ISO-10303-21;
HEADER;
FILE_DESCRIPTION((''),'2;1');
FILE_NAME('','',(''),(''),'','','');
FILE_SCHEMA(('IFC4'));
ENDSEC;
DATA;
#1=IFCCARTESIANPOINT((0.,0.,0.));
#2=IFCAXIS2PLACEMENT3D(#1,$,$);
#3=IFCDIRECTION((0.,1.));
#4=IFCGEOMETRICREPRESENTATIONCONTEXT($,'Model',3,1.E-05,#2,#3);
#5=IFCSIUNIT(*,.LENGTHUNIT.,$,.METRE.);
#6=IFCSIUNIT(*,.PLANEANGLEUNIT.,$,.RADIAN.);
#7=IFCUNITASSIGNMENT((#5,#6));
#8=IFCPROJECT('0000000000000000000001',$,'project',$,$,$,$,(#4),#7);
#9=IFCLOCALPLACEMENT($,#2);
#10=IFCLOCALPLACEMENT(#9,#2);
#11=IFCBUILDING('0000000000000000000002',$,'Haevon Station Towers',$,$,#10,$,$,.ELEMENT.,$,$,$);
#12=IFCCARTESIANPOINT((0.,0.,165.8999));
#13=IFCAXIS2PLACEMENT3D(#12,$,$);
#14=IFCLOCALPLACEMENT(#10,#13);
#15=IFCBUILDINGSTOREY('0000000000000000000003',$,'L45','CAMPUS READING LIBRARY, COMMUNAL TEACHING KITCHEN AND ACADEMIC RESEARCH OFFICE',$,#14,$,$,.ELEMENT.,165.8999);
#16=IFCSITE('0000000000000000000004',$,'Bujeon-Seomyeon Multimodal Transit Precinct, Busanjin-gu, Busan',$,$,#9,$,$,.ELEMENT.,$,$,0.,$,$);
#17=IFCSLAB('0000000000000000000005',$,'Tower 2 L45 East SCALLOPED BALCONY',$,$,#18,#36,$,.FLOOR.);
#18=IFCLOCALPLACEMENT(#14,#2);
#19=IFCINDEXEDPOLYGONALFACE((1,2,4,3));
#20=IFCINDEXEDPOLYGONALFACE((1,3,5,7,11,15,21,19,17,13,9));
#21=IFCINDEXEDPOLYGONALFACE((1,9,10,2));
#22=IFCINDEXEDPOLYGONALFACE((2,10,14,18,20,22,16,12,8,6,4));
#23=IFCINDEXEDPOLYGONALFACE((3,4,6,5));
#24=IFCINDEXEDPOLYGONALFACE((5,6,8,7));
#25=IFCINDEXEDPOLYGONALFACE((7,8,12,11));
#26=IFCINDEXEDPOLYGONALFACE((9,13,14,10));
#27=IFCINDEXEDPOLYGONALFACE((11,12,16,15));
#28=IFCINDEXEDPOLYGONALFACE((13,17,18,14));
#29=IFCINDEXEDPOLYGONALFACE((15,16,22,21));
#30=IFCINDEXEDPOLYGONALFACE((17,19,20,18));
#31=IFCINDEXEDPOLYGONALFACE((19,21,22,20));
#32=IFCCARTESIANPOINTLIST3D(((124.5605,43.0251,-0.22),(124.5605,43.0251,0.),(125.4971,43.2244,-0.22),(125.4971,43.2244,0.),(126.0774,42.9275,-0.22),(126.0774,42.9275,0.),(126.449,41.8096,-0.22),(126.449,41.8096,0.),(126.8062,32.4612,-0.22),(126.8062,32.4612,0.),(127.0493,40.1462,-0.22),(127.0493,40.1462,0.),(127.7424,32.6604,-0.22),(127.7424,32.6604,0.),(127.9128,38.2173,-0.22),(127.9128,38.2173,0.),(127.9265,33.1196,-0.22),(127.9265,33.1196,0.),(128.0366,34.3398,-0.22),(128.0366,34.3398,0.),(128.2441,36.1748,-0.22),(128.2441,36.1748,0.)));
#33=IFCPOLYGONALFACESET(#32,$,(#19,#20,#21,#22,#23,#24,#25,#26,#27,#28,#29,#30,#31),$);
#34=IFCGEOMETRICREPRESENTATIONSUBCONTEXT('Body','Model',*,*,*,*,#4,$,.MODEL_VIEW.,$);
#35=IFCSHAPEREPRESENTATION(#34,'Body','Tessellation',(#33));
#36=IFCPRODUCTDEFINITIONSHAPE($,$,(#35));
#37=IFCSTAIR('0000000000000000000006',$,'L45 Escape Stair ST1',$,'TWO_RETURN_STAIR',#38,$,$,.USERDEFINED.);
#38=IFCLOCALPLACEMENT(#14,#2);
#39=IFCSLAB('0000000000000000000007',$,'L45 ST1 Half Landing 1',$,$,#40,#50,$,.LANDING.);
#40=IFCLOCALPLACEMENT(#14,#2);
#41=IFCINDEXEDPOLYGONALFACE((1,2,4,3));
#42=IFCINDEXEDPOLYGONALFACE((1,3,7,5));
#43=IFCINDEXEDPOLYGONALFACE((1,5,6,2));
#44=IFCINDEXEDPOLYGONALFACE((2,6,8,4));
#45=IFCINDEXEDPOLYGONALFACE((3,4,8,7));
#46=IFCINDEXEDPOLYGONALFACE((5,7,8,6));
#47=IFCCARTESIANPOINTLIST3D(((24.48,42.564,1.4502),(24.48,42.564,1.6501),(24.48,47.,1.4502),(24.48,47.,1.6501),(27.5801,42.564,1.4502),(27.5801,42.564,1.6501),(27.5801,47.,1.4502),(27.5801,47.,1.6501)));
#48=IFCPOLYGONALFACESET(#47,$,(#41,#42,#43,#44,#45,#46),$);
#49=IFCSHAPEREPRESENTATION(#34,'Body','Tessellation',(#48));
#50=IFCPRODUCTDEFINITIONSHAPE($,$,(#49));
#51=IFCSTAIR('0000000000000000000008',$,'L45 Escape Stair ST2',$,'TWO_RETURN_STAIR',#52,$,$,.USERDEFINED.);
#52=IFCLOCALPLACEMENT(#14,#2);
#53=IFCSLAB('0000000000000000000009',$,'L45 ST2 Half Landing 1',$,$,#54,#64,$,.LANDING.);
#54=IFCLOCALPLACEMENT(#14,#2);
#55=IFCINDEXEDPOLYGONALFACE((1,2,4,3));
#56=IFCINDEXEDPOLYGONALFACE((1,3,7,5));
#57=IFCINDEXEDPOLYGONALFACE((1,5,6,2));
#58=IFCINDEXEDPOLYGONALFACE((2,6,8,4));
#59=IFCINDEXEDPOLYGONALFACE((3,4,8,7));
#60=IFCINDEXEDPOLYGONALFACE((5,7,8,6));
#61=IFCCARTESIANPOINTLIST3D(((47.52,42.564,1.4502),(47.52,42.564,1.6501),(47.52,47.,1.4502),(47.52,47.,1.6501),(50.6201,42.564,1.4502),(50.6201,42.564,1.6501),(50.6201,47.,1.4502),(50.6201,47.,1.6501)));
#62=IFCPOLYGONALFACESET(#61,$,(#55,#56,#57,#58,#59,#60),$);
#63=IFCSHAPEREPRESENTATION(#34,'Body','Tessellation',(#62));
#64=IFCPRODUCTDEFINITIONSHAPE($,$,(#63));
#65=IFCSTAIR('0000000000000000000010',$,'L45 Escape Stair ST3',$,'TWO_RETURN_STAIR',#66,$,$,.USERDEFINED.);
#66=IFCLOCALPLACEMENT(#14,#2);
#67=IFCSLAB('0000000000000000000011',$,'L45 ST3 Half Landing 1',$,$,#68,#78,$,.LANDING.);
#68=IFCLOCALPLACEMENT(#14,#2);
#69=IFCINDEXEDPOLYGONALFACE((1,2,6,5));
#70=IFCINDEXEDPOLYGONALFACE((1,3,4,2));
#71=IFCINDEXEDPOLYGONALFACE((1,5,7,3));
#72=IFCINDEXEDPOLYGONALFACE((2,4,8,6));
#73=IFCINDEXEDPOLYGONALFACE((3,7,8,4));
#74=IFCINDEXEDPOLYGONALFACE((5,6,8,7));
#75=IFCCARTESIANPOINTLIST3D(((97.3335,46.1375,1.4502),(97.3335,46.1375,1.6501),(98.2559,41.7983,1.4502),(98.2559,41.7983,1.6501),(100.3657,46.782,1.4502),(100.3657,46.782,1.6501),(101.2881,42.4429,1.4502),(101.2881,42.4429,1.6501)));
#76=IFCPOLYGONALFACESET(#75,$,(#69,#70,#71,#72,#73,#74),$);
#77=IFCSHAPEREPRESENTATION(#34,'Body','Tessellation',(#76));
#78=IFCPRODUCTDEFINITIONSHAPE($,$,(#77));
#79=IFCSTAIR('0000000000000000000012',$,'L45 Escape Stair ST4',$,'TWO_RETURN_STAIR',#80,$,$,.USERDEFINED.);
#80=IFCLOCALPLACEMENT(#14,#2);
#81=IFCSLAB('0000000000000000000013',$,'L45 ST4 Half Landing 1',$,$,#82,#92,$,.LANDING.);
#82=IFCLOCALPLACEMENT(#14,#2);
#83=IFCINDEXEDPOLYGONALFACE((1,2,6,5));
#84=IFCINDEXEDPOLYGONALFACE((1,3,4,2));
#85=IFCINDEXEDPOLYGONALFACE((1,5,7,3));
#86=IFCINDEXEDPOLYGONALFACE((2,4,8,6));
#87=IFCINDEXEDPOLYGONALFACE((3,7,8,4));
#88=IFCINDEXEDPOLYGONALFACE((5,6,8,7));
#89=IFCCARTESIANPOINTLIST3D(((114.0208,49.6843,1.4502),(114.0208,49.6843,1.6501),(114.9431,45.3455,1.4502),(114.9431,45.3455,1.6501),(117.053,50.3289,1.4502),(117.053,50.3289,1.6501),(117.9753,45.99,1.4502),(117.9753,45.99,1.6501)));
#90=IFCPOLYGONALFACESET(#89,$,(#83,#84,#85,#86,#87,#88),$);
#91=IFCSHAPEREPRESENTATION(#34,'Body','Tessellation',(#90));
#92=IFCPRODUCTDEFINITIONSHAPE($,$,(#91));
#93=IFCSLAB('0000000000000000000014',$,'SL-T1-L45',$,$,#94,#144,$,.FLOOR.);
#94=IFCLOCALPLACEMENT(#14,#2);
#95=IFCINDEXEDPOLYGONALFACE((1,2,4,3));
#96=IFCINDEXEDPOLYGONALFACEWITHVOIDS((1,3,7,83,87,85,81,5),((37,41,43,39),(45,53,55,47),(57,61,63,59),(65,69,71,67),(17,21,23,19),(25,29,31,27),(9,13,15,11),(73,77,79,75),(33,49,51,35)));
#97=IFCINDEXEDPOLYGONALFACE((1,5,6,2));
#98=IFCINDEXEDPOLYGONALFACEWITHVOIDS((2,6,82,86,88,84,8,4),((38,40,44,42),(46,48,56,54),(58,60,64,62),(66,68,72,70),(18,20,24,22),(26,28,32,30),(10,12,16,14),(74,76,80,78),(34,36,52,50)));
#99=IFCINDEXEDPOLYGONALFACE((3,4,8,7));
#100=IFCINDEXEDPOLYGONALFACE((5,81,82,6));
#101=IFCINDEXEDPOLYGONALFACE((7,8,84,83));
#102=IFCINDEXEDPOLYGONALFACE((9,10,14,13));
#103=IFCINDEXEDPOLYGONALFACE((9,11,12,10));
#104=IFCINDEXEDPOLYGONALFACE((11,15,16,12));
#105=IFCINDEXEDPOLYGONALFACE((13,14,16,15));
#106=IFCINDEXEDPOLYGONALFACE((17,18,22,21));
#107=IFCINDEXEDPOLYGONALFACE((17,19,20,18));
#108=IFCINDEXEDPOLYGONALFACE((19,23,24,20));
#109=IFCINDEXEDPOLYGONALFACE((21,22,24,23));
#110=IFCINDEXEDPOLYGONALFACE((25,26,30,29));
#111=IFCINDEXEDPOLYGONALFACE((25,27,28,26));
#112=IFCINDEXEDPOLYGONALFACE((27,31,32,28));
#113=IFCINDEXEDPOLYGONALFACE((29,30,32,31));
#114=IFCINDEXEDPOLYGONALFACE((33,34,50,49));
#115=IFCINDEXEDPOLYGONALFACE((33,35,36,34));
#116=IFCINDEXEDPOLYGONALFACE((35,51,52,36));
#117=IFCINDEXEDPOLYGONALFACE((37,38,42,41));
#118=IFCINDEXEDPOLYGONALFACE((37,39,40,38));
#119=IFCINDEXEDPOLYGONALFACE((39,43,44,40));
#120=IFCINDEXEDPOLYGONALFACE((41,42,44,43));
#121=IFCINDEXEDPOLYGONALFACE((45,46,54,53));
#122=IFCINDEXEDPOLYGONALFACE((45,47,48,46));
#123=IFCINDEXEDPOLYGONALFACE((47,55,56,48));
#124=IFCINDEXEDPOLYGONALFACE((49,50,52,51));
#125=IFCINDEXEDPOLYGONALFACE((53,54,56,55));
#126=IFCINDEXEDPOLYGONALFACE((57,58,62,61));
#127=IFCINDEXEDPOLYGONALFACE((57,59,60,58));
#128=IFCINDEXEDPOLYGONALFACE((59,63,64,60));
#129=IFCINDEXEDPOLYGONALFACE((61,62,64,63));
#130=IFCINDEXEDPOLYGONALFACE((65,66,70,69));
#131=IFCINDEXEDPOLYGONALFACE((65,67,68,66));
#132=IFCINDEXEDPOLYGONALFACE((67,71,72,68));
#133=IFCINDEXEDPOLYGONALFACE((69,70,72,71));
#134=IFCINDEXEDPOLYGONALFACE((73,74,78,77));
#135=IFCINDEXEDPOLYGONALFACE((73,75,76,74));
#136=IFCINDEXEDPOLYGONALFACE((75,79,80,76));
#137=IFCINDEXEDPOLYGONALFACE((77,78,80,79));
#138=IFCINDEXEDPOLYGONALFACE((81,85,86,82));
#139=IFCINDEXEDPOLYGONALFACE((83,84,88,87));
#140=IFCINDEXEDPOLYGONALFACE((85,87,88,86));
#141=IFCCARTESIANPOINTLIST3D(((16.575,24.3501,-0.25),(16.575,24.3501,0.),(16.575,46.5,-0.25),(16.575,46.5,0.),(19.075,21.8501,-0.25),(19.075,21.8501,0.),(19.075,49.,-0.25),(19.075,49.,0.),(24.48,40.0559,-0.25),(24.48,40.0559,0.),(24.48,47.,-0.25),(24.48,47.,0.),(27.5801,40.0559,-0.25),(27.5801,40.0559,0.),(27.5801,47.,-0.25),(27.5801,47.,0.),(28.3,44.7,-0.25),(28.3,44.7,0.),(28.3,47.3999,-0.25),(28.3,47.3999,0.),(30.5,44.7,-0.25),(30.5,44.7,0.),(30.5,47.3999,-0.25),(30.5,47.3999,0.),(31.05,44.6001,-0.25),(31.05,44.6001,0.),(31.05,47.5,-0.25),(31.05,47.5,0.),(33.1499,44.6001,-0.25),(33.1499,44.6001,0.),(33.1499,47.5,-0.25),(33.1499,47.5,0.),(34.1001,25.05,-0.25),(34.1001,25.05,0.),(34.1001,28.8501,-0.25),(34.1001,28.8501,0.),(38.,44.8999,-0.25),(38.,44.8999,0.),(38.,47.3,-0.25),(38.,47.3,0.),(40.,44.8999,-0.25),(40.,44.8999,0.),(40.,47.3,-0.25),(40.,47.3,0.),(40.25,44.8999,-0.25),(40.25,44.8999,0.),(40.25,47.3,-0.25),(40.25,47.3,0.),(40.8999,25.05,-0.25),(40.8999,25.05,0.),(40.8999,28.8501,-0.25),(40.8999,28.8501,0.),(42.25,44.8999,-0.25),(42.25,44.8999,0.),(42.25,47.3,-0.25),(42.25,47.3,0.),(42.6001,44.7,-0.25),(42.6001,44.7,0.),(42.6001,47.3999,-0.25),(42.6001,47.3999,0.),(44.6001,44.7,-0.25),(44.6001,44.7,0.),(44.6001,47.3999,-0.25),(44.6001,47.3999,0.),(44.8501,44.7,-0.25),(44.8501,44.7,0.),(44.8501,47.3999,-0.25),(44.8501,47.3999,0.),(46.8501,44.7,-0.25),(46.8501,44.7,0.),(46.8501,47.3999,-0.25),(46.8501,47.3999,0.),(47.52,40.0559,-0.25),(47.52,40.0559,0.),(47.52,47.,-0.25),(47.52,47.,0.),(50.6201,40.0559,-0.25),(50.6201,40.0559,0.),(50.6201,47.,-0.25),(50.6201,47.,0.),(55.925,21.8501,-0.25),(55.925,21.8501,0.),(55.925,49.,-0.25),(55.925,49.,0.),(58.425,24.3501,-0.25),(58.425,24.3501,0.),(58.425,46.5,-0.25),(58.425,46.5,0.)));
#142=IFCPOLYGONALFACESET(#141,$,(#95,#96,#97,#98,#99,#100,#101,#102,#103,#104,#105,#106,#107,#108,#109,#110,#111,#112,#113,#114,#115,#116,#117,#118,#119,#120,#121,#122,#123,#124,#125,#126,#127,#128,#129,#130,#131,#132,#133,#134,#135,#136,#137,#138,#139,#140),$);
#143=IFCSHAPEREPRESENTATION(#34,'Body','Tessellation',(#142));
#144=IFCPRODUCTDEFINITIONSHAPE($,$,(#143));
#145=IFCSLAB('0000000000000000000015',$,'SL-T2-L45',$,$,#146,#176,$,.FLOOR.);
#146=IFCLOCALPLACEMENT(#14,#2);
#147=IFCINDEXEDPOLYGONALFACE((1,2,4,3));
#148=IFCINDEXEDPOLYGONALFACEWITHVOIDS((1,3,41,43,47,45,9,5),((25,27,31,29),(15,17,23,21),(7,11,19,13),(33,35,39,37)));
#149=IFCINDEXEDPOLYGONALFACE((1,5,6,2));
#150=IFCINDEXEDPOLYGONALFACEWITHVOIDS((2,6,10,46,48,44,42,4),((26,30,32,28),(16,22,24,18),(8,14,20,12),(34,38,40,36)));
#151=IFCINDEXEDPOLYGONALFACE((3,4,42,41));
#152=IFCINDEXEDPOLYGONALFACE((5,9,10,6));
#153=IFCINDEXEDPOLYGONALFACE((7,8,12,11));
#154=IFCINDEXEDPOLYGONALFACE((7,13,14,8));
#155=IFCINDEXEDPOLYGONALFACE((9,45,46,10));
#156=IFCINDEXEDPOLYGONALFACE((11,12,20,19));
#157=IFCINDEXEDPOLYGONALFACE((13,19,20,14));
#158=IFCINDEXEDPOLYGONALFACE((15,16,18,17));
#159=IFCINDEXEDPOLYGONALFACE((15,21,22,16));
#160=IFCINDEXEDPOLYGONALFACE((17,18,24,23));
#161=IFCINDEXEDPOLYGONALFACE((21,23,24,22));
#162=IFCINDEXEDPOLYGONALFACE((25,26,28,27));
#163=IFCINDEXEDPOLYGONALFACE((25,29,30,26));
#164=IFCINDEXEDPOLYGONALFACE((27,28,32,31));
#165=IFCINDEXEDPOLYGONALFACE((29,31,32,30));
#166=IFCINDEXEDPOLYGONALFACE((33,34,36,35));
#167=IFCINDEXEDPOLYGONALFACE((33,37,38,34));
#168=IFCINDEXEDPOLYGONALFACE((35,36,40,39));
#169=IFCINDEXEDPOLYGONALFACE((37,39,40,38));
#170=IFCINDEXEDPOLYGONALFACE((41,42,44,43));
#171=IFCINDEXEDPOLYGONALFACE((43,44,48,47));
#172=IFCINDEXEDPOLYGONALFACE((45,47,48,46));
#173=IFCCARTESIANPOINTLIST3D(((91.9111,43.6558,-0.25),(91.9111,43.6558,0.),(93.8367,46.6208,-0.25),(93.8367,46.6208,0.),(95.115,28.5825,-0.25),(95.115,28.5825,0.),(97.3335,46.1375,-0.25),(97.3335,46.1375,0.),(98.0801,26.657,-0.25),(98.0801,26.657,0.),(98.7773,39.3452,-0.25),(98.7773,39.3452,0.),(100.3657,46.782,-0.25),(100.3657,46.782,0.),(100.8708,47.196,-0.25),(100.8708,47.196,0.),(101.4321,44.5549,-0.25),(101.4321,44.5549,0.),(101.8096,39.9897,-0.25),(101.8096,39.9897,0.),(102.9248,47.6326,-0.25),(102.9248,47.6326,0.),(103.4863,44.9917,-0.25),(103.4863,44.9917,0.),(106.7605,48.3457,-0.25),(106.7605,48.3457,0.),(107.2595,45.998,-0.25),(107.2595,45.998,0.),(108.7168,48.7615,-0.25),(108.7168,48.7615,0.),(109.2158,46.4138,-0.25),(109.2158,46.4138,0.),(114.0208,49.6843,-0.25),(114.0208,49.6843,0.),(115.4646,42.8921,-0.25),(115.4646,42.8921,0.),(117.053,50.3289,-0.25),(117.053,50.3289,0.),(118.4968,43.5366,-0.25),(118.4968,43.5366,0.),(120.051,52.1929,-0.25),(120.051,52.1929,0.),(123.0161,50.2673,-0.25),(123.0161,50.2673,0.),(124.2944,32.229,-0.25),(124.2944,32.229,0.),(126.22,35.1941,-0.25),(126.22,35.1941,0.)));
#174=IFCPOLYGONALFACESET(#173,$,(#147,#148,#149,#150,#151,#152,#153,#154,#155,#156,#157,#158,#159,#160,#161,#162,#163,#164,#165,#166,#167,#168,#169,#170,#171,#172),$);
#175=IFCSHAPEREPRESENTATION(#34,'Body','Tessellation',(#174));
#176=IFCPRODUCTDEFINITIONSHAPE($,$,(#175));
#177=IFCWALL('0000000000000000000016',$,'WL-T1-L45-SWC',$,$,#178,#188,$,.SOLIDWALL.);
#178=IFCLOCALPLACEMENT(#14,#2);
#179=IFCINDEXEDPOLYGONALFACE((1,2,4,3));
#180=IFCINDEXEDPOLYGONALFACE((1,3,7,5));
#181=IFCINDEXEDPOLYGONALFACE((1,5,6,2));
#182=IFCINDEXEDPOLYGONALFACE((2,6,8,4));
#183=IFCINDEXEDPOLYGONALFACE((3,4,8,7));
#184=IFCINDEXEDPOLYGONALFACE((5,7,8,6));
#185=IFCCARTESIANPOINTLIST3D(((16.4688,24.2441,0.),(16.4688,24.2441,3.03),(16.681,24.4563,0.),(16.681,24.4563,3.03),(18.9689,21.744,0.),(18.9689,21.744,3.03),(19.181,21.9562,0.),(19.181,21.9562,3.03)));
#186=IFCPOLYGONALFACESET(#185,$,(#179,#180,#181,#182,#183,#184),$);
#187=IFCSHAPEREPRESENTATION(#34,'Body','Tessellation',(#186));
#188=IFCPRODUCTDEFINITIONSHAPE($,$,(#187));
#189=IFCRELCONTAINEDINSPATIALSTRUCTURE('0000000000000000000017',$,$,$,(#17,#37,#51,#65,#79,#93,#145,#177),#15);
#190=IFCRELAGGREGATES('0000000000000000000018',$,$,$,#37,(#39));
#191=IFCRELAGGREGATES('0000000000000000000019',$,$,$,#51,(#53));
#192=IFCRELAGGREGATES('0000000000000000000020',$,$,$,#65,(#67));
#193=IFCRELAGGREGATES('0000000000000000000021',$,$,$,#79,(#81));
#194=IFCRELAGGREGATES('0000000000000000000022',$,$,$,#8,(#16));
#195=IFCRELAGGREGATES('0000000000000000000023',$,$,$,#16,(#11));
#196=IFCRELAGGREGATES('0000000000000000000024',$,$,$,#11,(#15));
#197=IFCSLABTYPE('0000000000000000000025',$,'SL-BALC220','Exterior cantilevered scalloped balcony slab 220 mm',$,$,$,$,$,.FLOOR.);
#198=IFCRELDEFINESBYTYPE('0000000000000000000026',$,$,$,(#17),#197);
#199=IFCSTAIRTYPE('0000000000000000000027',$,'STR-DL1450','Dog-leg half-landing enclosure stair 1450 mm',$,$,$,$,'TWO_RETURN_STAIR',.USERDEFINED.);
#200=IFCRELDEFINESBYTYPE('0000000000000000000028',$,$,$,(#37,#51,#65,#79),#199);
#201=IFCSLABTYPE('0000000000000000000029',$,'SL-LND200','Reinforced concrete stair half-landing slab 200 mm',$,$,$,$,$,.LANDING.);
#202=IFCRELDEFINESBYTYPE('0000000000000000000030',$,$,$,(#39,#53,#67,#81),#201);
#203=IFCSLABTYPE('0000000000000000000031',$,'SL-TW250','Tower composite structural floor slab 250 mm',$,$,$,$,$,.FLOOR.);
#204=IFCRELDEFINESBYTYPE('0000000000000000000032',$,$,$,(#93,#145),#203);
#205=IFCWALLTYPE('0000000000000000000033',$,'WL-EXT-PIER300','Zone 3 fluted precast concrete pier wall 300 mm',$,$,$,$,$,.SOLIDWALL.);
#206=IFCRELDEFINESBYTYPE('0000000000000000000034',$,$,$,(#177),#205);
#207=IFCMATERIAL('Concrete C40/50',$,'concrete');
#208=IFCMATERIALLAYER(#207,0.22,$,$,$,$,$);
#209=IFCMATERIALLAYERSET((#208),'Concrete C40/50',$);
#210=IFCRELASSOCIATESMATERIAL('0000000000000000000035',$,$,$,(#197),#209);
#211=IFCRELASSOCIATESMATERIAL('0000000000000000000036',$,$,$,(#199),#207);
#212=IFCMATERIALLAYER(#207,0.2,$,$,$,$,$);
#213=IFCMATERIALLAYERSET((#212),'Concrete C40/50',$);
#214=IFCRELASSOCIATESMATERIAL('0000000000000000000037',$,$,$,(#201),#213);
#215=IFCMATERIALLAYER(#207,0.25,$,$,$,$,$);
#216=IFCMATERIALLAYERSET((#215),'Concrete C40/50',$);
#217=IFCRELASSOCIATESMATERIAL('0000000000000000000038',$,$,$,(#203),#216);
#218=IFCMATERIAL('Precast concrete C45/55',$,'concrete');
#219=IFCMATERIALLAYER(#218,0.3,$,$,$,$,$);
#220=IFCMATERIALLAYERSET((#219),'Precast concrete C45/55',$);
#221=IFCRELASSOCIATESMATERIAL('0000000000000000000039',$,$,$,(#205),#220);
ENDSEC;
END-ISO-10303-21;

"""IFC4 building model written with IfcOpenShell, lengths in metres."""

from ifc_helpers import new_model, si_unit, direction, frame, frame_2d, origin, place, context, subcontext, project, spatial, polyline, rectangle, outline, extrude, material, layer, layer_set, type_object, element, aggregate, save


model = new_model("IFC4")

# Units and contexts
model_context = context("Model", 3, precision=1e-05, world=origin(), true_north=direction((0.0, 1.0)))
body_context = subcontext(model_context, "Body", "Model", "MODEL_VIEW")
ifc_project = project(units=[si_unit("LENGTHUNIT", "METRE"), si_unit("PLANEANGLEUNIT", "RADIAN")], contexts=[model_context])

# Site, building, storey
site_placement = place(None, origin())
site = spatial("IfcSite", under=ifc_project, at=site_placement, Name="Bujeon-Seomyeon Multimodal Transit Precinct, Busanjin-gu, Busan", CompositionType="ELEMENT", RefElevation=0.0)
building_placement = place(site_placement, origin())
building = spatial("IfcBuilding", under=site, at=building_placement, Name="Haevon Station Towers", CompositionType="ELEMENT")
storey_placement = place(building_placement, frame((0.0, 0.0, 165.8999)))
storey = spatial("IfcBuildingStorey", under=building, at=storey_placement, Name="L45", Description="CAMPUS READING LIBRARY, COMMUNAL TEACHING KITCHEN AND ACADEMIC RESEARCH OFFICE", CompositionType="ELEMENT", Elevation=165.8999)

# Slab
ifc_material_1 = material(Name="Concrete C40/50", Category="concrete")
ifc_layer_1 = layer(ifc_material_1, 0.22)
ifc_layer_set_1 = layer_set([ifc_layer_1], Name="Concrete C40/50")
slab_type_1 = type_object("IfcSlabType", Name="SL-BALC220", Description="Exterior cantilevered scalloped balcony slab 220 mm", PredefinedType="FLOOR", material=ifc_layer_set_1)
slab_1_placement = place(storey_placement, frame((0.0, 0.0, -0.22)))
element("IfcSlab", 1, at=slab_1_placement, inside=storey, type_object=slab_type_1, Name="Tower 2 L45 East SCALLOPED BALCONY", PredefinedType="FLOOR", context=body_context, shape_type="SweptSolid", body=[
    extrude(outline(polyline([(126.8062, 32.4612), (127.7424, 32.6604), (127.9265, 33.1196), (128.0366, 34.3398), (128.2441, 36.1748), (127.9128, 38.2173), (127.0493, 40.1462), (126.449, 41.8096), (126.0774, 42.9275), (125.4971, 43.2244), (124.5605, 43.0251), (126.8062, 32.4612)])), origin(), (0.0, 0.0, 1.0), 0.22),
])

# Stairs, slabs
stair_type = type_object("IfcStairType", Name="STR-DL1450", Description="Dog-leg half-landing enclosure stair 1450 mm", ElementType="TWO_RETURN_STAIR", PredefinedType="USERDEFINED", material=ifc_material_1)
stair_1_placement = place(storey_placement, origin())
stair_1 = element("IfcStair", 2, at=stair_1_placement, inside=storey, type_object=stair_type, Name="L45 Escape Stair ST1", ObjectType="TWO_RETURN_STAIR", PredefinedType="USERDEFINED")
ifc_layer_2 = layer(ifc_material_1, 0.2)
ifc_layer_set_2 = layer_set([ifc_layer_2], Name="Concrete C40/50")
slab_type_2 = type_object("IfcSlabType", Name="SL-LND200", Description="Reinforced concrete stair half-landing slab 200 mm", PredefinedType="LANDING", material=ifc_layer_set_2)
slab_2_placement = place(storey_placement, frame((0.0, 0.0, 1.4502)))
slab_2 = element("IfcSlab", 3, at=slab_2_placement, type_object=slab_type_2, Name="L45 ST1 Half Landing 1", PredefinedType="LANDING", context=body_context, shape_type="SweptSolid", body=[
    extrude(outline(polyline([(27.5801, 42.564), (27.5801, 47.0), (24.48, 47.0), (24.48, 42.564), (27.5801, 42.564)])), origin(), (0.0, 0.0, 1.0), 0.2),
])
aggregate(stair_1, [slab_2])
stair_2_placement = place(storey_placement, origin())
stair_2 = element("IfcStair", 4, at=stair_2_placement, inside=storey, type_object=stair_type, Name="L45 Escape Stair ST2", ObjectType="TWO_RETURN_STAIR", PredefinedType="USERDEFINED")
slab_3_placement = place(storey_placement, frame((0.0, 0.0, 1.4502)))
slab_3 = element("IfcSlab", 5, at=slab_3_placement, type_object=slab_type_2, Name="L45 ST2 Half Landing 1", PredefinedType="LANDING", context=body_context, shape_type="SweptSolid", body=[
    extrude(outline(polyline([(50.6201, 42.564), (50.6201, 47.0), (47.52, 47.0), (47.52, 42.564), (50.6201, 42.564)])), origin(), (0.0, 0.0, 1.0), 0.2),
])
aggregate(stair_2, [slab_3])
stair_3_placement = place(storey_placement, origin())
stair_3 = element("IfcStair", 6, at=stair_3_placement, inside=storey, type_object=stair_type, Name="L45 Escape Stair ST3", ObjectType="TWO_RETURN_STAIR", PredefinedType="USERDEFINED")
slab_4_placement = place(storey_placement, frame((0.0, 0.0, 1.4502)))
slab_4 = element("IfcSlab", 7, at=slab_4_placement, type_object=slab_type_2, Name="L45 ST3 Half Landing 1", PredefinedType="LANDING", context=body_context, shape_type="SweptSolid", body=[
    extrude(outline(polyline([(101.2881, 42.4429), (100.3657, 46.782), (97.3335, 46.1375), (98.2559, 41.7983), (101.2881, 42.4429)])), origin(), (0.0, 0.0, 1.0), 0.2),
])
aggregate(stair_3, [slab_4])
stair_4_placement = place(storey_placement, origin())
stair_4 = element("IfcStair", 8, at=stair_4_placement, inside=storey, type_object=stair_type, Name="L45 Escape Stair ST4", ObjectType="TWO_RETURN_STAIR", PredefinedType="USERDEFINED")
slab_5_placement = place(storey_placement, frame((0.0, 0.0, 1.4502)))
slab_5 = element("IfcSlab", 9, at=slab_5_placement, type_object=slab_type_2, Name="L45 ST4 Half Landing 1", PredefinedType="LANDING", context=body_context, shape_type="SweptSolid", body=[
    extrude(outline(polyline([(117.9753, 45.99), (117.053, 50.3289), (114.0208, 49.6843), (114.9431, 45.3455), (117.9753, 45.99)])), origin(), (0.0, 0.0, 1.0), 0.2),
])
aggregate(stair_4, [slab_5])

# Slabs
ifc_layer_3 = layer(ifc_material_1, 0.25)
ifc_layer_set_3 = layer_set([ifc_layer_3], Name="Concrete C40/50")
slab_type_3 = type_object("IfcSlabType", Name="SL-TW250", Description="Tower composite structural floor slab 250 mm", PredefinedType="FLOOR", material=ifc_layer_set_3)
slab_6_placement = place(storey_placement, frame((0.0, 0.0, -0.25)))
element("IfcSlab", 10, at=slab_6_placement, inside=storey, type_object=slab_type_3, Name="SL-T1-L45", PredefinedType="FLOOR", context=body_context, shape_type="SweptSolid", body=[
    extrude(outline(polyline([(19.075, 21.8501), (55.925, 21.8501), (58.425, 24.3501), (58.425, 46.5), (55.925, 49.0), (19.075, 49.0), (16.575, 46.5), (16.575, 24.3501), (19.075, 21.8501)]), holes=[polyline([(27.5801, 40.0559), (27.5801, 47.0), (24.48, 47.0), (24.48, 40.0559), (27.5801, 40.0559)]), polyline([(50.6201, 40.0559), (50.6201, 47.0), (47.52, 47.0), (47.52, 40.0559), (50.6201, 40.0559)]), polyline([(28.3, 44.7), (30.5, 44.7), (30.5, 47.3999), (28.3, 47.3999), (28.3, 44.7)]), polyline([(31.05, 44.6001), (33.1499, 44.6001), (33.1499, 47.5), (31.05, 47.5), (31.05, 44.6001)]), polyline([(38.0, 44.8999), (40.0, 44.8999), (40.0, 47.3), (38.0, 47.3), (38.0, 44.8999)]), polyline([(40.25, 44.8999), (42.25, 44.8999), (42.25, 47.3), (40.25, 47.3), (40.25, 44.8999)]), polyline([(42.6001, 44.7), (44.6001, 44.7), (44.6001, 47.3999), (42.6001, 47.3999), (42.6001, 44.7)]), polyline([(44.8501, 44.7), (46.8501, 44.7), (46.8501, 47.3999), (44.8501, 47.3999), (44.8501, 44.7)]), polyline([(34.1001, 25.05), (40.8999, 25.05), (40.8999, 28.8501), (34.1001, 28.8501), (34.1001, 25.05)])]), origin(), (0.0, 0.0, 1.0), 0.25),
])
slab_7_placement = place(storey_placement, frame((0.0, 0.0, -0.25)))
element("IfcSlab", 11, at=slab_7_placement, inside=storey, type_object=slab_type_3, Name="SL-T2-L45", PredefinedType="FLOOR", context=body_context, shape_type="SweptSolid", body=[
    extrude(outline(polyline([(98.0801, 26.657), (124.2944, 32.229), (126.22, 35.1941), (123.0161, 50.2673), (120.051, 52.1929), (93.8367, 46.6208), (91.9111, 43.6558), (95.115, 28.5825), (98.0801, 26.657)]), holes=[polyline([(101.8096, 39.9897), (100.3657, 46.782), (97.3335, 46.1375), (98.7773, 39.3452), (101.8096, 39.9897)]), polyline([(118.4968, 43.5366), (117.053, 50.3289), (114.0208, 49.6843), (115.4646, 42.8921), (118.4968, 43.5366)]), polyline([(101.4321, 44.5549), (103.4863, 44.9917), (102.9248, 47.6326), (100.8708, 47.196), (101.4321, 44.5549)]), polyline([(107.2595, 45.998), (109.2158, 46.4138), (108.7168, 48.7615), (106.7605, 48.3457), (107.2595, 45.998)])]), origin(), (0.0, 0.0, 1.0), 0.25),
])

# Wall
ifc_material_2 = material(Name="Precast concrete C45/55", Category="concrete")
ifc_layer_4 = layer(ifc_material_2, 0.3)
ifc_layer_set_4 = layer_set([ifc_layer_4], Name="Precast concrete C45/55")
wall_type_1 = type_object("IfcWallType", Name="WL-EXT-PIER300", Description="Zone 3 fluted precast concrete pier wall 300 mm", PredefinedType="SOLIDWALL", material=ifc_layer_set_4)
wall_1_placement = place(storey_placement, frame((19.075, 21.8501, 0.0), z_axis=(0.0, 0.0, 1.0), x_axis=(-0.707107, 0.707107, 0.0)))
element("IfcWall", 12, at=wall_1_placement, inside=storey, type_object=wall_type_1, Name="WL-T1-L45-SWC", PredefinedType="SOLIDWALL", context=body_context, shape_type="SweptSolid", body=[
    extrude(rectangle(XDim=3.5356, YDim=0.3, at=frame_2d((1.7678, 0.0))), origin(), (0.0, 0.0, 1.0), 3.03),
])

save(model, "model.ifc")
